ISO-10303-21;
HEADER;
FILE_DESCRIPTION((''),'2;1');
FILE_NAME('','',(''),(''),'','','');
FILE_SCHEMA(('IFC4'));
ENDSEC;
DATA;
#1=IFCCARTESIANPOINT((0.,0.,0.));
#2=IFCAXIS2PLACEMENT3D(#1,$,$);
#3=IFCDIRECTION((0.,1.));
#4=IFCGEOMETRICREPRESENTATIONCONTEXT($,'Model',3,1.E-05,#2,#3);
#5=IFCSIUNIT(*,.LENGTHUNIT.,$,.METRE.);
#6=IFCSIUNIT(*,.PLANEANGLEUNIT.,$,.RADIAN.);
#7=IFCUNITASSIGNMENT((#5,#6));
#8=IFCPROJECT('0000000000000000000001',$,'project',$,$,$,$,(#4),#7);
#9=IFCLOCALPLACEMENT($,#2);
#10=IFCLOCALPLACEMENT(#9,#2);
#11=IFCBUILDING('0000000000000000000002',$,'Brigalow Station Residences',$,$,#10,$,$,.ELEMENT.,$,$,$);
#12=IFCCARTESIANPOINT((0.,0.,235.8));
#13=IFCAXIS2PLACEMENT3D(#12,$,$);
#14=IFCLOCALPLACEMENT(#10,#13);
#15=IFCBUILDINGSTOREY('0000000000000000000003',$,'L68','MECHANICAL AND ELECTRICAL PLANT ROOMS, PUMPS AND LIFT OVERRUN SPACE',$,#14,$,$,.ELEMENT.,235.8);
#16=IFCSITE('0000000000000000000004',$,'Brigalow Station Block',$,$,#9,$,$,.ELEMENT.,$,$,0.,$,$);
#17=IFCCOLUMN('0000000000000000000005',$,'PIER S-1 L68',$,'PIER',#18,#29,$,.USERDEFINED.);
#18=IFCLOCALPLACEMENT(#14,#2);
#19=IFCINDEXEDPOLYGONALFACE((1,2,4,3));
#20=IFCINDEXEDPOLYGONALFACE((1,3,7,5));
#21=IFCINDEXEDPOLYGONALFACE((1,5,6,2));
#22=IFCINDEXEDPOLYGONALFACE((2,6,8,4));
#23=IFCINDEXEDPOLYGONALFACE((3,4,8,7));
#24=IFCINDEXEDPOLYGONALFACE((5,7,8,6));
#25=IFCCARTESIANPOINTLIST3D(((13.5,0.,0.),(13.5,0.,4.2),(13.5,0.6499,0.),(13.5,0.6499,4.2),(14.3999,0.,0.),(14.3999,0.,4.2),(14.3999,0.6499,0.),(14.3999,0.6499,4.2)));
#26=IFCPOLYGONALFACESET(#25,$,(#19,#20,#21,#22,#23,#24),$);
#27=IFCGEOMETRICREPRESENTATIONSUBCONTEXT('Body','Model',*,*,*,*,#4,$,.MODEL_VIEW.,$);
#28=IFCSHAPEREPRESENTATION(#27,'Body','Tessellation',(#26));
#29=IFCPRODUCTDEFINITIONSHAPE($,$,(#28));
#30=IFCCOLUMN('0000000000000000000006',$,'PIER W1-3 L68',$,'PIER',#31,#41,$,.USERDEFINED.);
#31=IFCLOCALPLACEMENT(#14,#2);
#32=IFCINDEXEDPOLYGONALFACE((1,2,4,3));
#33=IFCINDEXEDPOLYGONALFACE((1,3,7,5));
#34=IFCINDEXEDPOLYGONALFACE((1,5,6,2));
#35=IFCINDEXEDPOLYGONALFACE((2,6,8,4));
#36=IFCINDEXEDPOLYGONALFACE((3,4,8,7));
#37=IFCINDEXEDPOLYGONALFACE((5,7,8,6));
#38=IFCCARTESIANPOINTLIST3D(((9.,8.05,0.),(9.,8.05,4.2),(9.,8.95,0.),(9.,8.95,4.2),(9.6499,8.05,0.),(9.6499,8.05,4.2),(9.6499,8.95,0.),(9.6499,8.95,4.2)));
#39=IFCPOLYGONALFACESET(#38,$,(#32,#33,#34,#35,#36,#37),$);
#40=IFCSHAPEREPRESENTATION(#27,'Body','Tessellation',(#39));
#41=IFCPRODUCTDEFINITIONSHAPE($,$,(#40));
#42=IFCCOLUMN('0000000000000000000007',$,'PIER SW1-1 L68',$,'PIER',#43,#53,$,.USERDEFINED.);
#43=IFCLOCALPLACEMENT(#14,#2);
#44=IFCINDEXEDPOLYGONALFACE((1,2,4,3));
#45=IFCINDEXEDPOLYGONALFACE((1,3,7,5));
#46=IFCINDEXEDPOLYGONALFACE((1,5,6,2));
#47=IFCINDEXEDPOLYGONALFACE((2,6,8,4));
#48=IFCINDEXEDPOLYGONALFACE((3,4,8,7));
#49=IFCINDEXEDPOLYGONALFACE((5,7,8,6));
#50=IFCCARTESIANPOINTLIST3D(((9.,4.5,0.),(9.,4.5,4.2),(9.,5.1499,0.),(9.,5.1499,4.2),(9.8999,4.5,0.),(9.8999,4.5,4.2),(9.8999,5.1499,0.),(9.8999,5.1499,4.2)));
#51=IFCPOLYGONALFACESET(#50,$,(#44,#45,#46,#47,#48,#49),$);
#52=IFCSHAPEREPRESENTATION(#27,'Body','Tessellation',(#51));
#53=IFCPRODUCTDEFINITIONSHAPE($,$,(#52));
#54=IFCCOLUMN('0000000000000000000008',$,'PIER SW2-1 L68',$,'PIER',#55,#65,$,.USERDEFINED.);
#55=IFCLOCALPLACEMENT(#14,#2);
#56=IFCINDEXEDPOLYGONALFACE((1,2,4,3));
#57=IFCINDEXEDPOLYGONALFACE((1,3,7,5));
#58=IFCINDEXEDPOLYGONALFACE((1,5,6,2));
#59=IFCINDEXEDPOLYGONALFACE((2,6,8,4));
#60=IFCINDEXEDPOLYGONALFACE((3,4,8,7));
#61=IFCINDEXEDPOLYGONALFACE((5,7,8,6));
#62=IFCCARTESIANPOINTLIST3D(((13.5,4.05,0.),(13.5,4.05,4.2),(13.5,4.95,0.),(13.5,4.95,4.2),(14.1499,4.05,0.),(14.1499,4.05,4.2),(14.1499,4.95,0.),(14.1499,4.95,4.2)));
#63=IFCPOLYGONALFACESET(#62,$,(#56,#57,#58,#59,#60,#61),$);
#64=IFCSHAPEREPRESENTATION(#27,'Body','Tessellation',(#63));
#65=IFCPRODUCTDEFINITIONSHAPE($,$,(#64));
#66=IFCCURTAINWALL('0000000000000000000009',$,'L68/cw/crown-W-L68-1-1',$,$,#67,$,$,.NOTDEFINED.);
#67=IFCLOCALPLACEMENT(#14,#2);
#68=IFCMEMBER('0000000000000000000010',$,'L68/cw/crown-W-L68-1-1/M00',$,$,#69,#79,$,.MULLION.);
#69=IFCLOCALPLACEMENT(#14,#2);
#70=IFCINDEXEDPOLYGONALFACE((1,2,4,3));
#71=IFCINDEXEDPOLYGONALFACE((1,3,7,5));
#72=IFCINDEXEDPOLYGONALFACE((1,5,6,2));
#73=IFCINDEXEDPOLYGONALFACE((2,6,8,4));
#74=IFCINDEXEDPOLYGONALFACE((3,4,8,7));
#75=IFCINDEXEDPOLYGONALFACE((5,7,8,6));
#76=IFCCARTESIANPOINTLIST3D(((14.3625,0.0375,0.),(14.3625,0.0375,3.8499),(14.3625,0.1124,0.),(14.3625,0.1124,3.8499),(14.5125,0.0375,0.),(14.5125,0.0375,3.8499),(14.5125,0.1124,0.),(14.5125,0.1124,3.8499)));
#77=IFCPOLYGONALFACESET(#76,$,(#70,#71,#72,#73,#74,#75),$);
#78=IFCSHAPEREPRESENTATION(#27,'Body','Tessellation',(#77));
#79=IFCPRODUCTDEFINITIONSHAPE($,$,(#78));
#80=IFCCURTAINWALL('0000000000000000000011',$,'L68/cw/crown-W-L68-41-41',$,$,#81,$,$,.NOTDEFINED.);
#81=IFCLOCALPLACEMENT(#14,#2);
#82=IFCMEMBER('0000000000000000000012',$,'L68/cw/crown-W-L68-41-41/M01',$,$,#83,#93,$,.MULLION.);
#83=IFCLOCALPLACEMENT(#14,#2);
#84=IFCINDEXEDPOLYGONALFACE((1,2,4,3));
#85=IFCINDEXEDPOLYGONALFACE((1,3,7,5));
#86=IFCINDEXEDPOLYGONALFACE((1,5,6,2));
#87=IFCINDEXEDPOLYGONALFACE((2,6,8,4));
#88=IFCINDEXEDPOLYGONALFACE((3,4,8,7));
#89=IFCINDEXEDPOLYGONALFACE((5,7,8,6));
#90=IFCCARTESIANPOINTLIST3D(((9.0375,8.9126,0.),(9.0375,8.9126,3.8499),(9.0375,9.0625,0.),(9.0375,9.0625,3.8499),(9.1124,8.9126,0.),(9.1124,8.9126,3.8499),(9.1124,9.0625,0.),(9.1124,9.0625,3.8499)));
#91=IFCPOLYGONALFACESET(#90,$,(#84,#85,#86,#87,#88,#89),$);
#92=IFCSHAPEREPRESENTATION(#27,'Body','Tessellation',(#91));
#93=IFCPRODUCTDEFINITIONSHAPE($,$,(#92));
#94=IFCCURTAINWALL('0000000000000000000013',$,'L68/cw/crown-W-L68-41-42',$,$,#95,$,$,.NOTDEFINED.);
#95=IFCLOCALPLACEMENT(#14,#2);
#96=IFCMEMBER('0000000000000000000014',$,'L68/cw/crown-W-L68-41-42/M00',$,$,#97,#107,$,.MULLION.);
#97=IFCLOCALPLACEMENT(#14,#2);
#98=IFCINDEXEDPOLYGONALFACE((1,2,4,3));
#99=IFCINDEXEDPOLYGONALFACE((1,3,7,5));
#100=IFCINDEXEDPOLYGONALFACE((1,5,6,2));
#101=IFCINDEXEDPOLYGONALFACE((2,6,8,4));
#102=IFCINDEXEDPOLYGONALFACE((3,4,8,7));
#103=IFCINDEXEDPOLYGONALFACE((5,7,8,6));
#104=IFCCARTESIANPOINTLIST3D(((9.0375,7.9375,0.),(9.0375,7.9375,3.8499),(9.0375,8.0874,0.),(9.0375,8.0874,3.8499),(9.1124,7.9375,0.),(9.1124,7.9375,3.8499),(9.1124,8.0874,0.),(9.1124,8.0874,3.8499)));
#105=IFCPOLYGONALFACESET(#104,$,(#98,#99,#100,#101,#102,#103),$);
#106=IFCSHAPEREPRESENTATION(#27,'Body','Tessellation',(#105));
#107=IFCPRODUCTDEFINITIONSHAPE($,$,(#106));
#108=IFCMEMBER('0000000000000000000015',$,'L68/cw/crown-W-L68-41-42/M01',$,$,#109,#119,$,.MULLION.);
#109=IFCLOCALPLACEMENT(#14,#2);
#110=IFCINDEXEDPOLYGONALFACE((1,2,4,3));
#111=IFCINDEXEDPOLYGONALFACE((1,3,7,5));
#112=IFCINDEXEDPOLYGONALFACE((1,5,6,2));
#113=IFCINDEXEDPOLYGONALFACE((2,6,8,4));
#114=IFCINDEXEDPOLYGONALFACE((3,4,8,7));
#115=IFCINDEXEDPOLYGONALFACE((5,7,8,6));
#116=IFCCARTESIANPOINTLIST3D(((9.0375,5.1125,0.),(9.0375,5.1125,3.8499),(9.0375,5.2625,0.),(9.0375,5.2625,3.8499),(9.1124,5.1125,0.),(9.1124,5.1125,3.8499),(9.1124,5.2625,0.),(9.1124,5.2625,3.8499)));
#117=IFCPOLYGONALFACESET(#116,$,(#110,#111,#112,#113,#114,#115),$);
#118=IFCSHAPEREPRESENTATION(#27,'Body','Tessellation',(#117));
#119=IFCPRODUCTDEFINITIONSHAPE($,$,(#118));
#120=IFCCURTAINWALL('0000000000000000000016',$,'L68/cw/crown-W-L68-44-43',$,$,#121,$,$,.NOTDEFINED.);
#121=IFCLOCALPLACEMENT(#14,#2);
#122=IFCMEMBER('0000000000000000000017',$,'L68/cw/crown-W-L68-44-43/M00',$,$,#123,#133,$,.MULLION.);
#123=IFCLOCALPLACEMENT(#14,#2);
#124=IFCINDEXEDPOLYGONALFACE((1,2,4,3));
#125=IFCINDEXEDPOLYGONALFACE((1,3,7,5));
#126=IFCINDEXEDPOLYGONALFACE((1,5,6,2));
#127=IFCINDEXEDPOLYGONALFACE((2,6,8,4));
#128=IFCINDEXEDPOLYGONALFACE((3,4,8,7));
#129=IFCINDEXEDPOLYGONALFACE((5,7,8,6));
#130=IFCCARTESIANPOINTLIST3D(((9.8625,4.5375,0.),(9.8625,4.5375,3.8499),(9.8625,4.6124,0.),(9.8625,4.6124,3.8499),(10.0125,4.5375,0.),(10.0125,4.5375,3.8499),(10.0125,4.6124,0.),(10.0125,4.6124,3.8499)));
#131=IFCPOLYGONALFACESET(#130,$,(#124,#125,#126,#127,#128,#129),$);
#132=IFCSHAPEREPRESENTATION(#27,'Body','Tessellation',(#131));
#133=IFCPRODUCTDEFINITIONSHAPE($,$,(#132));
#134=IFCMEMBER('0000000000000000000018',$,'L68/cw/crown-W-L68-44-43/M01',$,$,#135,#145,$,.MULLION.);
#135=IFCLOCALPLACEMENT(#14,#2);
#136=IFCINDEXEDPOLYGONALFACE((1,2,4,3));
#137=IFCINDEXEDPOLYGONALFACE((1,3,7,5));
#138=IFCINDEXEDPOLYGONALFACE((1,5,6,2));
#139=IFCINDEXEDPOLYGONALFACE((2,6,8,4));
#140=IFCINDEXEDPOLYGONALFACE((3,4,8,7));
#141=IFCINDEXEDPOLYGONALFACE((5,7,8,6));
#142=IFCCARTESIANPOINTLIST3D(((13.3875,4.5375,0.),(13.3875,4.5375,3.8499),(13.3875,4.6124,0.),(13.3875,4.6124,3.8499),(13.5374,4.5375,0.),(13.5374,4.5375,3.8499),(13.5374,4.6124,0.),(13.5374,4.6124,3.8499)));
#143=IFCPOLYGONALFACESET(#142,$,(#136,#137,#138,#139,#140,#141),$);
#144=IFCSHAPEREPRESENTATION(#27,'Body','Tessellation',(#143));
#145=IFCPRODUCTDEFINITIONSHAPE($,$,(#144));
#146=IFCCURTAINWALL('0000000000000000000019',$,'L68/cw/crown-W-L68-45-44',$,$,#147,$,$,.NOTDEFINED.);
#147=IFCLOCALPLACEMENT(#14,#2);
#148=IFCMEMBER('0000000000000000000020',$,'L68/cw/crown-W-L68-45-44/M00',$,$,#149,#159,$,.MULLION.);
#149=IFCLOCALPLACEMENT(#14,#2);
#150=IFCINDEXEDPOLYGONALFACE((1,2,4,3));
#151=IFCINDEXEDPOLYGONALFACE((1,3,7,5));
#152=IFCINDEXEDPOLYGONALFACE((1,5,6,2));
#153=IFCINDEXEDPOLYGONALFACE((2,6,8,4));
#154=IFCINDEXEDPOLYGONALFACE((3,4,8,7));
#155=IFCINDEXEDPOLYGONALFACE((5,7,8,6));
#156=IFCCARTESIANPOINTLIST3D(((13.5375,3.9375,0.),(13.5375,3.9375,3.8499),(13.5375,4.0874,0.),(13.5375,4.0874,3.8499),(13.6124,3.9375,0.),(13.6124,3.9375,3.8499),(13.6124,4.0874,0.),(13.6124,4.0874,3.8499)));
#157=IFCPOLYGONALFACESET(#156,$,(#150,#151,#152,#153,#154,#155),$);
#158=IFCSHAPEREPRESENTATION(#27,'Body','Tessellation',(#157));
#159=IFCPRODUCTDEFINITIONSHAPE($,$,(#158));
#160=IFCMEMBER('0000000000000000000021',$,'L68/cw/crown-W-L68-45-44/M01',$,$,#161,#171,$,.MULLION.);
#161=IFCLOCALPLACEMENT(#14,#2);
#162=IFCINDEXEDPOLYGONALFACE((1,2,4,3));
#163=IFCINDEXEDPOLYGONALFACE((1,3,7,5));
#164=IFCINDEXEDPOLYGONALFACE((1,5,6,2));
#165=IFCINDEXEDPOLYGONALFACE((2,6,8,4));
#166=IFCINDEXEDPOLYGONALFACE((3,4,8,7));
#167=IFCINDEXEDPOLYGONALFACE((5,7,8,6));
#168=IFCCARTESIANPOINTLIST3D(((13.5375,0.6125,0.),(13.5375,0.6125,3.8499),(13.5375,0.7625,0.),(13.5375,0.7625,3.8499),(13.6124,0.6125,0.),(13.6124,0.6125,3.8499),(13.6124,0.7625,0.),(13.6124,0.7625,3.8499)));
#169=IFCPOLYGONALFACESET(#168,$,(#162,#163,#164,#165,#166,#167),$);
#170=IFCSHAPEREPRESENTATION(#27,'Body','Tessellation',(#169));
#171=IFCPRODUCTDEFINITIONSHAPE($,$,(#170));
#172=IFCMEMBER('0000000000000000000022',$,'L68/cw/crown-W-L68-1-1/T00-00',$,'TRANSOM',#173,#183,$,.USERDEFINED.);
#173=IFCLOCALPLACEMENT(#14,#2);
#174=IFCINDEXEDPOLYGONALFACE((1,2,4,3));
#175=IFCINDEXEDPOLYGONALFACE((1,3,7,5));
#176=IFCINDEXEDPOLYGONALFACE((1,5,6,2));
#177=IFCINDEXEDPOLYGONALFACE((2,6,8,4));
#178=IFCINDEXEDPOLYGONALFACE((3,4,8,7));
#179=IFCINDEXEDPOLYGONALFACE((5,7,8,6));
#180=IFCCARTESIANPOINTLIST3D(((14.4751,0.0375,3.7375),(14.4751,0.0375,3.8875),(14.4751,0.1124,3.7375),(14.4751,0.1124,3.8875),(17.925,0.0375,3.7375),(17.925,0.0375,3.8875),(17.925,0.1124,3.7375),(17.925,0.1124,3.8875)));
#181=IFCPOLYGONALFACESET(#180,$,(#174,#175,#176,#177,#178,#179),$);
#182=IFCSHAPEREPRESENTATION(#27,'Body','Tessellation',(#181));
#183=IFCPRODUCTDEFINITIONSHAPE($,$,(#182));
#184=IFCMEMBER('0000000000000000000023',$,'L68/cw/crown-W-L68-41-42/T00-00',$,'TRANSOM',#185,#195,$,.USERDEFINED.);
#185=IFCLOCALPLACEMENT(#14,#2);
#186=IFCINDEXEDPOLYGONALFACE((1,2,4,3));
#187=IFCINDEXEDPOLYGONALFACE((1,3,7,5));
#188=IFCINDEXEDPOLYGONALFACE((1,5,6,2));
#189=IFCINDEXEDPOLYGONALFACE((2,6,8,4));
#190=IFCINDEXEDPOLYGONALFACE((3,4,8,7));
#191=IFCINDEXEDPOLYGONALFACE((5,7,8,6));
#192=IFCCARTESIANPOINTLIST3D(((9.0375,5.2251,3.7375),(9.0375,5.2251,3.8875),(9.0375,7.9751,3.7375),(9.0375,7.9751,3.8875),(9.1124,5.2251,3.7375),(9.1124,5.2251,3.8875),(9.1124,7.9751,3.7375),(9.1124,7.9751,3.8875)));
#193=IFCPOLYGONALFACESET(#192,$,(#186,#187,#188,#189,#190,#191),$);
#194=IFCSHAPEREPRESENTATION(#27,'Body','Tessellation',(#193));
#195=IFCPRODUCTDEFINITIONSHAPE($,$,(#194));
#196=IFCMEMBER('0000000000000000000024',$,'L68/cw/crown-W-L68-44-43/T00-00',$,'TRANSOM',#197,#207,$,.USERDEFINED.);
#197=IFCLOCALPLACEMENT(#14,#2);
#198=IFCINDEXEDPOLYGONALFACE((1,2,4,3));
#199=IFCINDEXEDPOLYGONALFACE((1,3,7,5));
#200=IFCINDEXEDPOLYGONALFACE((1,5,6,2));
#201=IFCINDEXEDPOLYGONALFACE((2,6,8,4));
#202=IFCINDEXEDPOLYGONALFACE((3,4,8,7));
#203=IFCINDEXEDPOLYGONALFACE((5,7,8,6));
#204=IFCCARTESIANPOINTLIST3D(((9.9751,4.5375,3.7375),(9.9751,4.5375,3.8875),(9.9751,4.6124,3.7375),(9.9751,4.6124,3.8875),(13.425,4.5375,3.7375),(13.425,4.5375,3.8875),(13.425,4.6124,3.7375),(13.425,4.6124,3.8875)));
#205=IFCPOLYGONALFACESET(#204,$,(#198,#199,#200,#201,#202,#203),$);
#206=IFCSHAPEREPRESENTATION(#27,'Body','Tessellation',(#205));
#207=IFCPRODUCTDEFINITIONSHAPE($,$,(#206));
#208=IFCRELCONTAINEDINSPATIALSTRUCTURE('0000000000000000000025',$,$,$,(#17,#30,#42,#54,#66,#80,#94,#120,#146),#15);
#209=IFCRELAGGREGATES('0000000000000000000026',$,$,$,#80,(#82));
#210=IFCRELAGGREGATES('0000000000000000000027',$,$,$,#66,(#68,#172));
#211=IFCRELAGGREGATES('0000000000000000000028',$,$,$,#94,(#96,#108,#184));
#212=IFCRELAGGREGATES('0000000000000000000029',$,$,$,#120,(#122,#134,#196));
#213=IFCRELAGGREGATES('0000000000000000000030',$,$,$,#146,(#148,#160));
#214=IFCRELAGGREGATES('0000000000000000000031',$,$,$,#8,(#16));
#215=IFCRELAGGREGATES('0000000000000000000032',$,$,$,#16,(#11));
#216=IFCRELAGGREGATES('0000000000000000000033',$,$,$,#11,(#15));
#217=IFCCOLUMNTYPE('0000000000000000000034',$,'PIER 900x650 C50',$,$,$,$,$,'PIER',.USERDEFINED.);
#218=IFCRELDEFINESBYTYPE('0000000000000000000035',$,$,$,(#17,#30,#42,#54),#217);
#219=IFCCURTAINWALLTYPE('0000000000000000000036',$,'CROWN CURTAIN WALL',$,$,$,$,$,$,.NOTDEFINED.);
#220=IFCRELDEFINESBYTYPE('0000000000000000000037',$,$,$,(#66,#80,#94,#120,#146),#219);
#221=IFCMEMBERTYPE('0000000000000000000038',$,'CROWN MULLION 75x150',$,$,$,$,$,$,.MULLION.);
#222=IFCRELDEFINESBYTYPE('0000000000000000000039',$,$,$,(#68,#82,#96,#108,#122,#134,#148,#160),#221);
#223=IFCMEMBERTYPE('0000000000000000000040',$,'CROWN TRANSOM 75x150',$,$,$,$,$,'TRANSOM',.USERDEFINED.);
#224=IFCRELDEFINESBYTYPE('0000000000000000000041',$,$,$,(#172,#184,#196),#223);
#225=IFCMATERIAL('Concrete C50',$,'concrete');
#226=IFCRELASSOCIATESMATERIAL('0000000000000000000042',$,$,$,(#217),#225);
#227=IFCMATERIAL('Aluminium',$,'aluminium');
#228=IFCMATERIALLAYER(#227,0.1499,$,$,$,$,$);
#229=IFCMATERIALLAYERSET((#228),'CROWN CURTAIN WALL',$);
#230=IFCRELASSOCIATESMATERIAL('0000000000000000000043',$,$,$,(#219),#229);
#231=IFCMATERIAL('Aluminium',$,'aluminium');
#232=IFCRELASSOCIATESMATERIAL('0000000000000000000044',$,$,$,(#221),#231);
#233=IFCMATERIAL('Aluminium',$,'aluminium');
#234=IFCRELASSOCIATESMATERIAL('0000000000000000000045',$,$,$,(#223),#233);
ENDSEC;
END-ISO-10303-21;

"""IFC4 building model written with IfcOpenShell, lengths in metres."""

from ifc_helpers import new_model, si_unit, direction, frame, origin, origin_2d, place, context, subcontext, project, spatial, rectangle, extrude, material, layer, layer_set, material_profile, profile_set, type_object, element, aggregate, save


model = new_model("IFC4")

# Units and contexts
model_context = context("Model", 3, precision=1e-05, world=origin(), true_north=direction((0.0, 1.0)))
body_context = subcontext(model_context, "Body", "Model", "MODEL_VIEW")
ifc_project = project(units=[si_unit("LENGTHUNIT", "METRE"), si_unit("PLANEANGLEUNIT", "RADIAN")], contexts=[model_context])

# Site, building, storey
site_placement = place(None, origin())
site = spatial("IfcSite", under=ifc_project, at=site_placement, Name="Brigalow Station Block", CompositionType="ELEMENT", RefElevation=0.0)
building_placement = place(site_placement, origin())
building = spatial("IfcBuilding", under=site, at=building_placement, Name="Brigalow Station Residences", CompositionType="ELEMENT")
storey_placement = place(building_placement, frame((0.0, 0.0, 235.8)))
storey = spatial("IfcBuildingStorey", under=building, at=storey_placement, Name="L68", Description="MECHANICAL AND ELECTRICAL PLANT ROOMS, PUMPS AND LIFT OVERRUN SPACE", CompositionType="ELEMENT", Elevation=235.8)

# Columns
ifc_material_1 = material(Name="Concrete C50", Category="concrete")
ifc_material_profile_1 = material_profile(ifc_material_1, rectangle(XDim=0.8999, YDim=0.6499, at=origin_2d()), Name="RC900x650")
ifc_profile_set_1 = profile_set([ifc_material_profile_1], Name="Concrete C50")
column_type = type_object("IfcColumnType", Name="PIER 900x650 C50", ElementType="PIER", PredefinedType="USERDEFINED", material=ifc_profile_set_1)
for number, where, z_axis, x_axis, name in (
    (1, (13.95, 0.325, 0.0), (0.0, 0.0, 1.0), (1.0, 0.0, 0.0), "PIER S-1 L68"),
    (2, (9.325, 8.5, 0.0), (0.0, 0.0, 1.0), (0.0, -1.0, 0.0), "PIER W1-3 L68"),
    (3, (9.45, 4.825, 0.0), (0.0, 0.0, 1.0), (1.0, 0.0, 0.0), "PIER SW1-1 L68"),
    (4, (13.825, 4.5, 0.0), (0.0, 0.0, 1.0), (0.0, -1.0, 0.0), "PIER SW2-1 L68"),
):
    element("IfcColumn", number, at=place(storey_placement, frame(where, z_axis=z_axis, x_axis=x_axis)), inside=storey, type_object=column_type, Name=name, ObjectType="PIER", PredefinedType="USERDEFINED", context=body_context, shape_type="SweptSolid", body=[
        extrude(rectangle(XDim=0.8999, YDim=0.6499, at=origin_2d()), origin(), (0.0, 0.0, 1.0), 4.2),
    ])

# Curtain walls, members
ifc_material_2 = material(Name="Aluminium", Category="aluminium")
ifc_layer_1 = layer(ifc_material_2, 0.1499)
ifc_layer_set_1 = layer_set([ifc_layer_1], Name="CROWN CURTAIN WALL")
curtain_wall_type = type_object("IfcCurtainWallType", Name="CROWN CURTAIN WALL", PredefinedType="NOTDEFINED", material=ifc_layer_set_1)
curtain_wall_1_placement = place(storey_placement, origin())
curtain_wall_1 = element("IfcCurtainWall", 5, at=curtain_wall_1_placement, inside=storey, type_object=curtain_wall_type, Name="L68/cw/crown-W-L68-1-1", PredefinedType="NOTDEFINED")
ifc_material_3 = material(Name="Aluminium", Category="aluminium")
ifc_material_profile_2 = material_profile(ifc_material_3, rectangle(XDim=0.075, YDim=0.1499, at=origin_2d()), Name="CROWN MULLION 75x150")
ifc_profile_set_2 = profile_set([ifc_material_profile_2], Name="Aluminium")
member_type_1 = type_object("IfcMemberType", Name="CROWN MULLION 75x150", PredefinedType="MULLION", material=ifc_profile_set_2)
member_1_placement = place(storey_placement, frame((14.4375, 0.075, 0.0), z_axis=(0.0, 0.0, 1.0), x_axis=(0.0, 1.0, 0.0)))
member_1 = element("IfcMember", 6, at=member_1_placement, type_object=member_type_1, Name="L68/cw/crown-W-L68-1-1/M00", PredefinedType="MULLION", context=body_context, shape_type="SweptSolid", body=[
    extrude(rectangle(XDim=0.075, YDim=0.1499, at=origin_2d()), origin(), (0.0, 0.0, 1.0), 3.8499),
])
curtain_wall_2_placement = place(storey_placement, origin())
curtain_wall_2 = element("IfcCurtainWall", 7, at=curtain_wall_2_placement, inside=storey, type_object=curtain_wall_type, Name="L68/cw/crown-W-L68-41-41", PredefinedType="NOTDEFINED")
member_2_placement = place(storey_placement, frame((9.075, 8.9875, 0.0), z_axis=(0.0, 0.0, 1.0), x_axis=(1.0, 0.0, 0.0)))
member_2 = element("IfcMember", 8, at=member_2_placement, type_object=member_type_1, Name="L68/cw/crown-W-L68-41-41/M01", PredefinedType="MULLION", context=body_context, shape_type="SweptSolid", body=[
    extrude(rectangle(XDim=0.075, YDim=0.1499, at=origin_2d()), origin(), (0.0, 0.0, 1.0), 3.8499),
])
aggregate(curtain_wall_2, [member_2])

# Curtain walls, members
curtain_wall_3_placement = place(storey_placement, origin())
curtain_wall_3 = element("IfcCurtainWall", 9, at=curtain_wall_3_placement, inside=storey, type_object=curtain_wall_type, Name="L68/cw/crown-W-L68-41-42", PredefinedType="NOTDEFINED")
member_3_placement = place(storey_placement, frame((9.075, 8.0125, 0.0), z_axis=(0.0, 0.0, 1.0), x_axis=(1.0, 0.0, 0.0)))
member_3 = element("IfcMember", 10, at=member_3_placement, type_object=member_type_1, Name="L68/cw/crown-W-L68-41-42/M00", PredefinedType="MULLION", context=body_context, shape_type="SweptSolid", body=[
    extrude(rectangle(XDim=0.075, YDim=0.1499, at=origin_2d()), origin(), (0.0, 0.0, 1.0), 3.8499),
])
member_4_placement = place(storey_placement, frame((9.075, 5.1875, 0.0), z_axis=(0.0, 0.0, 1.0), x_axis=(1.0, 0.0, 0.0)))
member_4 = element("IfcMember", 11, at=member_4_placement, type_object=member_type_1, Name="L68/cw/crown-W-L68-41-42/M01", PredefinedType="MULLION", context=body_context, shape_type="SweptSolid", body=[
    extrude(rectangle(XDim=0.075, YDim=0.1499, at=origin_2d()), origin(), (0.0, 0.0, 1.0), 3.8499),
])
curtain_wall_4_placement = place(storey_placement, origin())
curtain_wall_4 = element("IfcCurtainWall", 12, at=curtain_wall_4_placement, inside=storey, type_object=curtain_wall_type, Name="L68/cw/crown-W-L68-44-43", PredefinedType="NOTDEFINED")
member_5_placement = place(storey_placement, frame((9.9375, 4.575, 0.0), z_axis=(0.0, 0.0, 1.0), x_axis=(0.0, 1.0, 0.0)))
member_5 = element("IfcMember", 13, at=member_5_placement, type_object=member_type_1, Name="L68/cw/crown-W-L68-44-43/M00", PredefinedType="MULLION", context=body_context, shape_type="SweptSolid", body=[
    extrude(rectangle(XDim=0.075, YDim=0.1499, at=origin_2d()), origin(), (0.0, 0.0, 1.0), 3.8499),
])
member_6_placement = place(storey_placement, frame((13.4624, 4.575, 0.0), z_axis=(0.0, 0.0, 1.0), x_axis=(0.0, 1.0, 0.0)))
member_6 = element("IfcMember", 14, at=member_6_placement, type_object=member_type_1, Name="L68/cw/crown-W-L68-44-43/M01", PredefinedType="MULLION", context=body_context, shape_type="SweptSolid", body=[
    extrude(rectangle(XDim=0.075, YDim=0.1499, at=origin_2d()), origin(), (0.0, 0.0, 1.0), 3.8499),
])
curtain_wall_5_placement = place(storey_placement, origin())
curtain_wall_5 = element("IfcCurtainWall", 15, at=curtain_wall_5_placement, inside=storey, type_object=curtain_wall_type, Name="L68/cw/crown-W-L68-45-44", PredefinedType="NOTDEFINED")
member_7_placement = place(storey_placement, frame((13.575, 4.0125, 0.0), z_axis=(0.0, 0.0, 1.0), x_axis=(1.0, 0.0, 0.0)))
member_7 = element("IfcMember", 16, at=member_7_placement, type_object=member_type_1, Name="L68/cw/crown-W-L68-45-44/M00", PredefinedType="MULLION", context=body_context, shape_type="SweptSolid", body=[
    extrude(rectangle(XDim=0.075, YDim=0.1499, at=origin_2d()), origin(), (0.0, 0.0, 1.0), 3.8499),
])
member_8_placement = place(storey_placement, frame((13.575, 0.6875, 0.0), z_axis=(0.0, 0.0, 1.0), x_axis=(1.0, 0.0, 0.0)))
member_8 = element("IfcMember", 17, at=member_8_placement, type_object=member_type_1, Name="L68/cw/crown-W-L68-45-44/M01", PredefinedType="MULLION", context=body_context, shape_type="SweptSolid", body=[
    extrude(rectangle(XDim=0.075, YDim=0.1499, at=origin_2d()), origin(), (0.0, 0.0, 1.0), 3.8499),
])

# Members
ifc_material_4 = material(Name="Aluminium", Category="aluminium")
ifc_material_profile_3 = material_profile(ifc_material_4, rectangle(XDim=0.075, YDim=0.1499, at=origin_2d()), Name="CROWN TRANSOM 75x150")
ifc_profile_set_3 = profile_set([ifc_material_profile_3], Name="Aluminium")
member_type_2 = type_object("IfcMemberType", Name="CROWN TRANSOM 75x150", ElementType="TRANSOM", PredefinedType="USERDEFINED", material=ifc_profile_set_3)
member_9_placement = place(storey_placement, frame((14.4751, 0.075, 3.8125), z_axis=(1.0, 0.0, 0.0), x_axis=(0.0, 1.0, 0.0)))
member_9 = element("IfcMember", 18, at=member_9_placement, type_object=member_type_2, Name="L68/cw/crown-W-L68-1-1/T00-00", ObjectType="TRANSOM", PredefinedType="USERDEFINED", context=body_context, shape_type="SweptSolid", body=[
    extrude(rectangle(XDim=0.075, YDim=0.1499, at=origin_2d()), origin(), (0.0, 0.0, 1.0), 3.45),
])
aggregate(curtain_wall_1, [member_1, member_9])
member_10_placement = place(storey_placement, frame((9.075, 7.9751, 3.8125), z_axis=(0.0, -1.0, 0.0), x_axis=(1.0, 0.0, 0.0)))
member_10 = element("IfcMember", 19, at=member_10_placement, type_object=member_type_2, Name="L68/cw/crown-W-L68-41-42/T00-00", ObjectType="TRANSOM", PredefinedType="USERDEFINED", context=body_context, shape_type="SweptSolid", body=[
    extrude(rectangle(XDim=0.075, YDim=0.1499, at=origin_2d()), origin(), (0.0, 0.0, 1.0), 2.75),
])
member_11_placement = place(storey_placement, frame((9.9751, 4.575, 3.8125), z_axis=(1.0, 0.0, 0.0), x_axis=(0.0, 1.0, 0.0)))
member_11 = element("IfcMember", 20, at=member_11_placement, type_object=member_type_2, Name="L68/cw/crown-W-L68-44-43/T00-00", ObjectType="TRANSOM", PredefinedType="USERDEFINED", context=body_context, shape_type="SweptSolid", body=[
    extrude(rectangle(XDim=0.075, YDim=0.1499, at=origin_2d()), origin(), (0.0, 0.0, 1.0), 3.45),
])

aggregate(curtain_wall_3, [member_3, member_4, member_10])
aggregate(curtain_wall_4, [member_5, member_6, member_11])
aggregate(curtain_wall_5, [member_7, member_8])

save(model, "model.ifc")
